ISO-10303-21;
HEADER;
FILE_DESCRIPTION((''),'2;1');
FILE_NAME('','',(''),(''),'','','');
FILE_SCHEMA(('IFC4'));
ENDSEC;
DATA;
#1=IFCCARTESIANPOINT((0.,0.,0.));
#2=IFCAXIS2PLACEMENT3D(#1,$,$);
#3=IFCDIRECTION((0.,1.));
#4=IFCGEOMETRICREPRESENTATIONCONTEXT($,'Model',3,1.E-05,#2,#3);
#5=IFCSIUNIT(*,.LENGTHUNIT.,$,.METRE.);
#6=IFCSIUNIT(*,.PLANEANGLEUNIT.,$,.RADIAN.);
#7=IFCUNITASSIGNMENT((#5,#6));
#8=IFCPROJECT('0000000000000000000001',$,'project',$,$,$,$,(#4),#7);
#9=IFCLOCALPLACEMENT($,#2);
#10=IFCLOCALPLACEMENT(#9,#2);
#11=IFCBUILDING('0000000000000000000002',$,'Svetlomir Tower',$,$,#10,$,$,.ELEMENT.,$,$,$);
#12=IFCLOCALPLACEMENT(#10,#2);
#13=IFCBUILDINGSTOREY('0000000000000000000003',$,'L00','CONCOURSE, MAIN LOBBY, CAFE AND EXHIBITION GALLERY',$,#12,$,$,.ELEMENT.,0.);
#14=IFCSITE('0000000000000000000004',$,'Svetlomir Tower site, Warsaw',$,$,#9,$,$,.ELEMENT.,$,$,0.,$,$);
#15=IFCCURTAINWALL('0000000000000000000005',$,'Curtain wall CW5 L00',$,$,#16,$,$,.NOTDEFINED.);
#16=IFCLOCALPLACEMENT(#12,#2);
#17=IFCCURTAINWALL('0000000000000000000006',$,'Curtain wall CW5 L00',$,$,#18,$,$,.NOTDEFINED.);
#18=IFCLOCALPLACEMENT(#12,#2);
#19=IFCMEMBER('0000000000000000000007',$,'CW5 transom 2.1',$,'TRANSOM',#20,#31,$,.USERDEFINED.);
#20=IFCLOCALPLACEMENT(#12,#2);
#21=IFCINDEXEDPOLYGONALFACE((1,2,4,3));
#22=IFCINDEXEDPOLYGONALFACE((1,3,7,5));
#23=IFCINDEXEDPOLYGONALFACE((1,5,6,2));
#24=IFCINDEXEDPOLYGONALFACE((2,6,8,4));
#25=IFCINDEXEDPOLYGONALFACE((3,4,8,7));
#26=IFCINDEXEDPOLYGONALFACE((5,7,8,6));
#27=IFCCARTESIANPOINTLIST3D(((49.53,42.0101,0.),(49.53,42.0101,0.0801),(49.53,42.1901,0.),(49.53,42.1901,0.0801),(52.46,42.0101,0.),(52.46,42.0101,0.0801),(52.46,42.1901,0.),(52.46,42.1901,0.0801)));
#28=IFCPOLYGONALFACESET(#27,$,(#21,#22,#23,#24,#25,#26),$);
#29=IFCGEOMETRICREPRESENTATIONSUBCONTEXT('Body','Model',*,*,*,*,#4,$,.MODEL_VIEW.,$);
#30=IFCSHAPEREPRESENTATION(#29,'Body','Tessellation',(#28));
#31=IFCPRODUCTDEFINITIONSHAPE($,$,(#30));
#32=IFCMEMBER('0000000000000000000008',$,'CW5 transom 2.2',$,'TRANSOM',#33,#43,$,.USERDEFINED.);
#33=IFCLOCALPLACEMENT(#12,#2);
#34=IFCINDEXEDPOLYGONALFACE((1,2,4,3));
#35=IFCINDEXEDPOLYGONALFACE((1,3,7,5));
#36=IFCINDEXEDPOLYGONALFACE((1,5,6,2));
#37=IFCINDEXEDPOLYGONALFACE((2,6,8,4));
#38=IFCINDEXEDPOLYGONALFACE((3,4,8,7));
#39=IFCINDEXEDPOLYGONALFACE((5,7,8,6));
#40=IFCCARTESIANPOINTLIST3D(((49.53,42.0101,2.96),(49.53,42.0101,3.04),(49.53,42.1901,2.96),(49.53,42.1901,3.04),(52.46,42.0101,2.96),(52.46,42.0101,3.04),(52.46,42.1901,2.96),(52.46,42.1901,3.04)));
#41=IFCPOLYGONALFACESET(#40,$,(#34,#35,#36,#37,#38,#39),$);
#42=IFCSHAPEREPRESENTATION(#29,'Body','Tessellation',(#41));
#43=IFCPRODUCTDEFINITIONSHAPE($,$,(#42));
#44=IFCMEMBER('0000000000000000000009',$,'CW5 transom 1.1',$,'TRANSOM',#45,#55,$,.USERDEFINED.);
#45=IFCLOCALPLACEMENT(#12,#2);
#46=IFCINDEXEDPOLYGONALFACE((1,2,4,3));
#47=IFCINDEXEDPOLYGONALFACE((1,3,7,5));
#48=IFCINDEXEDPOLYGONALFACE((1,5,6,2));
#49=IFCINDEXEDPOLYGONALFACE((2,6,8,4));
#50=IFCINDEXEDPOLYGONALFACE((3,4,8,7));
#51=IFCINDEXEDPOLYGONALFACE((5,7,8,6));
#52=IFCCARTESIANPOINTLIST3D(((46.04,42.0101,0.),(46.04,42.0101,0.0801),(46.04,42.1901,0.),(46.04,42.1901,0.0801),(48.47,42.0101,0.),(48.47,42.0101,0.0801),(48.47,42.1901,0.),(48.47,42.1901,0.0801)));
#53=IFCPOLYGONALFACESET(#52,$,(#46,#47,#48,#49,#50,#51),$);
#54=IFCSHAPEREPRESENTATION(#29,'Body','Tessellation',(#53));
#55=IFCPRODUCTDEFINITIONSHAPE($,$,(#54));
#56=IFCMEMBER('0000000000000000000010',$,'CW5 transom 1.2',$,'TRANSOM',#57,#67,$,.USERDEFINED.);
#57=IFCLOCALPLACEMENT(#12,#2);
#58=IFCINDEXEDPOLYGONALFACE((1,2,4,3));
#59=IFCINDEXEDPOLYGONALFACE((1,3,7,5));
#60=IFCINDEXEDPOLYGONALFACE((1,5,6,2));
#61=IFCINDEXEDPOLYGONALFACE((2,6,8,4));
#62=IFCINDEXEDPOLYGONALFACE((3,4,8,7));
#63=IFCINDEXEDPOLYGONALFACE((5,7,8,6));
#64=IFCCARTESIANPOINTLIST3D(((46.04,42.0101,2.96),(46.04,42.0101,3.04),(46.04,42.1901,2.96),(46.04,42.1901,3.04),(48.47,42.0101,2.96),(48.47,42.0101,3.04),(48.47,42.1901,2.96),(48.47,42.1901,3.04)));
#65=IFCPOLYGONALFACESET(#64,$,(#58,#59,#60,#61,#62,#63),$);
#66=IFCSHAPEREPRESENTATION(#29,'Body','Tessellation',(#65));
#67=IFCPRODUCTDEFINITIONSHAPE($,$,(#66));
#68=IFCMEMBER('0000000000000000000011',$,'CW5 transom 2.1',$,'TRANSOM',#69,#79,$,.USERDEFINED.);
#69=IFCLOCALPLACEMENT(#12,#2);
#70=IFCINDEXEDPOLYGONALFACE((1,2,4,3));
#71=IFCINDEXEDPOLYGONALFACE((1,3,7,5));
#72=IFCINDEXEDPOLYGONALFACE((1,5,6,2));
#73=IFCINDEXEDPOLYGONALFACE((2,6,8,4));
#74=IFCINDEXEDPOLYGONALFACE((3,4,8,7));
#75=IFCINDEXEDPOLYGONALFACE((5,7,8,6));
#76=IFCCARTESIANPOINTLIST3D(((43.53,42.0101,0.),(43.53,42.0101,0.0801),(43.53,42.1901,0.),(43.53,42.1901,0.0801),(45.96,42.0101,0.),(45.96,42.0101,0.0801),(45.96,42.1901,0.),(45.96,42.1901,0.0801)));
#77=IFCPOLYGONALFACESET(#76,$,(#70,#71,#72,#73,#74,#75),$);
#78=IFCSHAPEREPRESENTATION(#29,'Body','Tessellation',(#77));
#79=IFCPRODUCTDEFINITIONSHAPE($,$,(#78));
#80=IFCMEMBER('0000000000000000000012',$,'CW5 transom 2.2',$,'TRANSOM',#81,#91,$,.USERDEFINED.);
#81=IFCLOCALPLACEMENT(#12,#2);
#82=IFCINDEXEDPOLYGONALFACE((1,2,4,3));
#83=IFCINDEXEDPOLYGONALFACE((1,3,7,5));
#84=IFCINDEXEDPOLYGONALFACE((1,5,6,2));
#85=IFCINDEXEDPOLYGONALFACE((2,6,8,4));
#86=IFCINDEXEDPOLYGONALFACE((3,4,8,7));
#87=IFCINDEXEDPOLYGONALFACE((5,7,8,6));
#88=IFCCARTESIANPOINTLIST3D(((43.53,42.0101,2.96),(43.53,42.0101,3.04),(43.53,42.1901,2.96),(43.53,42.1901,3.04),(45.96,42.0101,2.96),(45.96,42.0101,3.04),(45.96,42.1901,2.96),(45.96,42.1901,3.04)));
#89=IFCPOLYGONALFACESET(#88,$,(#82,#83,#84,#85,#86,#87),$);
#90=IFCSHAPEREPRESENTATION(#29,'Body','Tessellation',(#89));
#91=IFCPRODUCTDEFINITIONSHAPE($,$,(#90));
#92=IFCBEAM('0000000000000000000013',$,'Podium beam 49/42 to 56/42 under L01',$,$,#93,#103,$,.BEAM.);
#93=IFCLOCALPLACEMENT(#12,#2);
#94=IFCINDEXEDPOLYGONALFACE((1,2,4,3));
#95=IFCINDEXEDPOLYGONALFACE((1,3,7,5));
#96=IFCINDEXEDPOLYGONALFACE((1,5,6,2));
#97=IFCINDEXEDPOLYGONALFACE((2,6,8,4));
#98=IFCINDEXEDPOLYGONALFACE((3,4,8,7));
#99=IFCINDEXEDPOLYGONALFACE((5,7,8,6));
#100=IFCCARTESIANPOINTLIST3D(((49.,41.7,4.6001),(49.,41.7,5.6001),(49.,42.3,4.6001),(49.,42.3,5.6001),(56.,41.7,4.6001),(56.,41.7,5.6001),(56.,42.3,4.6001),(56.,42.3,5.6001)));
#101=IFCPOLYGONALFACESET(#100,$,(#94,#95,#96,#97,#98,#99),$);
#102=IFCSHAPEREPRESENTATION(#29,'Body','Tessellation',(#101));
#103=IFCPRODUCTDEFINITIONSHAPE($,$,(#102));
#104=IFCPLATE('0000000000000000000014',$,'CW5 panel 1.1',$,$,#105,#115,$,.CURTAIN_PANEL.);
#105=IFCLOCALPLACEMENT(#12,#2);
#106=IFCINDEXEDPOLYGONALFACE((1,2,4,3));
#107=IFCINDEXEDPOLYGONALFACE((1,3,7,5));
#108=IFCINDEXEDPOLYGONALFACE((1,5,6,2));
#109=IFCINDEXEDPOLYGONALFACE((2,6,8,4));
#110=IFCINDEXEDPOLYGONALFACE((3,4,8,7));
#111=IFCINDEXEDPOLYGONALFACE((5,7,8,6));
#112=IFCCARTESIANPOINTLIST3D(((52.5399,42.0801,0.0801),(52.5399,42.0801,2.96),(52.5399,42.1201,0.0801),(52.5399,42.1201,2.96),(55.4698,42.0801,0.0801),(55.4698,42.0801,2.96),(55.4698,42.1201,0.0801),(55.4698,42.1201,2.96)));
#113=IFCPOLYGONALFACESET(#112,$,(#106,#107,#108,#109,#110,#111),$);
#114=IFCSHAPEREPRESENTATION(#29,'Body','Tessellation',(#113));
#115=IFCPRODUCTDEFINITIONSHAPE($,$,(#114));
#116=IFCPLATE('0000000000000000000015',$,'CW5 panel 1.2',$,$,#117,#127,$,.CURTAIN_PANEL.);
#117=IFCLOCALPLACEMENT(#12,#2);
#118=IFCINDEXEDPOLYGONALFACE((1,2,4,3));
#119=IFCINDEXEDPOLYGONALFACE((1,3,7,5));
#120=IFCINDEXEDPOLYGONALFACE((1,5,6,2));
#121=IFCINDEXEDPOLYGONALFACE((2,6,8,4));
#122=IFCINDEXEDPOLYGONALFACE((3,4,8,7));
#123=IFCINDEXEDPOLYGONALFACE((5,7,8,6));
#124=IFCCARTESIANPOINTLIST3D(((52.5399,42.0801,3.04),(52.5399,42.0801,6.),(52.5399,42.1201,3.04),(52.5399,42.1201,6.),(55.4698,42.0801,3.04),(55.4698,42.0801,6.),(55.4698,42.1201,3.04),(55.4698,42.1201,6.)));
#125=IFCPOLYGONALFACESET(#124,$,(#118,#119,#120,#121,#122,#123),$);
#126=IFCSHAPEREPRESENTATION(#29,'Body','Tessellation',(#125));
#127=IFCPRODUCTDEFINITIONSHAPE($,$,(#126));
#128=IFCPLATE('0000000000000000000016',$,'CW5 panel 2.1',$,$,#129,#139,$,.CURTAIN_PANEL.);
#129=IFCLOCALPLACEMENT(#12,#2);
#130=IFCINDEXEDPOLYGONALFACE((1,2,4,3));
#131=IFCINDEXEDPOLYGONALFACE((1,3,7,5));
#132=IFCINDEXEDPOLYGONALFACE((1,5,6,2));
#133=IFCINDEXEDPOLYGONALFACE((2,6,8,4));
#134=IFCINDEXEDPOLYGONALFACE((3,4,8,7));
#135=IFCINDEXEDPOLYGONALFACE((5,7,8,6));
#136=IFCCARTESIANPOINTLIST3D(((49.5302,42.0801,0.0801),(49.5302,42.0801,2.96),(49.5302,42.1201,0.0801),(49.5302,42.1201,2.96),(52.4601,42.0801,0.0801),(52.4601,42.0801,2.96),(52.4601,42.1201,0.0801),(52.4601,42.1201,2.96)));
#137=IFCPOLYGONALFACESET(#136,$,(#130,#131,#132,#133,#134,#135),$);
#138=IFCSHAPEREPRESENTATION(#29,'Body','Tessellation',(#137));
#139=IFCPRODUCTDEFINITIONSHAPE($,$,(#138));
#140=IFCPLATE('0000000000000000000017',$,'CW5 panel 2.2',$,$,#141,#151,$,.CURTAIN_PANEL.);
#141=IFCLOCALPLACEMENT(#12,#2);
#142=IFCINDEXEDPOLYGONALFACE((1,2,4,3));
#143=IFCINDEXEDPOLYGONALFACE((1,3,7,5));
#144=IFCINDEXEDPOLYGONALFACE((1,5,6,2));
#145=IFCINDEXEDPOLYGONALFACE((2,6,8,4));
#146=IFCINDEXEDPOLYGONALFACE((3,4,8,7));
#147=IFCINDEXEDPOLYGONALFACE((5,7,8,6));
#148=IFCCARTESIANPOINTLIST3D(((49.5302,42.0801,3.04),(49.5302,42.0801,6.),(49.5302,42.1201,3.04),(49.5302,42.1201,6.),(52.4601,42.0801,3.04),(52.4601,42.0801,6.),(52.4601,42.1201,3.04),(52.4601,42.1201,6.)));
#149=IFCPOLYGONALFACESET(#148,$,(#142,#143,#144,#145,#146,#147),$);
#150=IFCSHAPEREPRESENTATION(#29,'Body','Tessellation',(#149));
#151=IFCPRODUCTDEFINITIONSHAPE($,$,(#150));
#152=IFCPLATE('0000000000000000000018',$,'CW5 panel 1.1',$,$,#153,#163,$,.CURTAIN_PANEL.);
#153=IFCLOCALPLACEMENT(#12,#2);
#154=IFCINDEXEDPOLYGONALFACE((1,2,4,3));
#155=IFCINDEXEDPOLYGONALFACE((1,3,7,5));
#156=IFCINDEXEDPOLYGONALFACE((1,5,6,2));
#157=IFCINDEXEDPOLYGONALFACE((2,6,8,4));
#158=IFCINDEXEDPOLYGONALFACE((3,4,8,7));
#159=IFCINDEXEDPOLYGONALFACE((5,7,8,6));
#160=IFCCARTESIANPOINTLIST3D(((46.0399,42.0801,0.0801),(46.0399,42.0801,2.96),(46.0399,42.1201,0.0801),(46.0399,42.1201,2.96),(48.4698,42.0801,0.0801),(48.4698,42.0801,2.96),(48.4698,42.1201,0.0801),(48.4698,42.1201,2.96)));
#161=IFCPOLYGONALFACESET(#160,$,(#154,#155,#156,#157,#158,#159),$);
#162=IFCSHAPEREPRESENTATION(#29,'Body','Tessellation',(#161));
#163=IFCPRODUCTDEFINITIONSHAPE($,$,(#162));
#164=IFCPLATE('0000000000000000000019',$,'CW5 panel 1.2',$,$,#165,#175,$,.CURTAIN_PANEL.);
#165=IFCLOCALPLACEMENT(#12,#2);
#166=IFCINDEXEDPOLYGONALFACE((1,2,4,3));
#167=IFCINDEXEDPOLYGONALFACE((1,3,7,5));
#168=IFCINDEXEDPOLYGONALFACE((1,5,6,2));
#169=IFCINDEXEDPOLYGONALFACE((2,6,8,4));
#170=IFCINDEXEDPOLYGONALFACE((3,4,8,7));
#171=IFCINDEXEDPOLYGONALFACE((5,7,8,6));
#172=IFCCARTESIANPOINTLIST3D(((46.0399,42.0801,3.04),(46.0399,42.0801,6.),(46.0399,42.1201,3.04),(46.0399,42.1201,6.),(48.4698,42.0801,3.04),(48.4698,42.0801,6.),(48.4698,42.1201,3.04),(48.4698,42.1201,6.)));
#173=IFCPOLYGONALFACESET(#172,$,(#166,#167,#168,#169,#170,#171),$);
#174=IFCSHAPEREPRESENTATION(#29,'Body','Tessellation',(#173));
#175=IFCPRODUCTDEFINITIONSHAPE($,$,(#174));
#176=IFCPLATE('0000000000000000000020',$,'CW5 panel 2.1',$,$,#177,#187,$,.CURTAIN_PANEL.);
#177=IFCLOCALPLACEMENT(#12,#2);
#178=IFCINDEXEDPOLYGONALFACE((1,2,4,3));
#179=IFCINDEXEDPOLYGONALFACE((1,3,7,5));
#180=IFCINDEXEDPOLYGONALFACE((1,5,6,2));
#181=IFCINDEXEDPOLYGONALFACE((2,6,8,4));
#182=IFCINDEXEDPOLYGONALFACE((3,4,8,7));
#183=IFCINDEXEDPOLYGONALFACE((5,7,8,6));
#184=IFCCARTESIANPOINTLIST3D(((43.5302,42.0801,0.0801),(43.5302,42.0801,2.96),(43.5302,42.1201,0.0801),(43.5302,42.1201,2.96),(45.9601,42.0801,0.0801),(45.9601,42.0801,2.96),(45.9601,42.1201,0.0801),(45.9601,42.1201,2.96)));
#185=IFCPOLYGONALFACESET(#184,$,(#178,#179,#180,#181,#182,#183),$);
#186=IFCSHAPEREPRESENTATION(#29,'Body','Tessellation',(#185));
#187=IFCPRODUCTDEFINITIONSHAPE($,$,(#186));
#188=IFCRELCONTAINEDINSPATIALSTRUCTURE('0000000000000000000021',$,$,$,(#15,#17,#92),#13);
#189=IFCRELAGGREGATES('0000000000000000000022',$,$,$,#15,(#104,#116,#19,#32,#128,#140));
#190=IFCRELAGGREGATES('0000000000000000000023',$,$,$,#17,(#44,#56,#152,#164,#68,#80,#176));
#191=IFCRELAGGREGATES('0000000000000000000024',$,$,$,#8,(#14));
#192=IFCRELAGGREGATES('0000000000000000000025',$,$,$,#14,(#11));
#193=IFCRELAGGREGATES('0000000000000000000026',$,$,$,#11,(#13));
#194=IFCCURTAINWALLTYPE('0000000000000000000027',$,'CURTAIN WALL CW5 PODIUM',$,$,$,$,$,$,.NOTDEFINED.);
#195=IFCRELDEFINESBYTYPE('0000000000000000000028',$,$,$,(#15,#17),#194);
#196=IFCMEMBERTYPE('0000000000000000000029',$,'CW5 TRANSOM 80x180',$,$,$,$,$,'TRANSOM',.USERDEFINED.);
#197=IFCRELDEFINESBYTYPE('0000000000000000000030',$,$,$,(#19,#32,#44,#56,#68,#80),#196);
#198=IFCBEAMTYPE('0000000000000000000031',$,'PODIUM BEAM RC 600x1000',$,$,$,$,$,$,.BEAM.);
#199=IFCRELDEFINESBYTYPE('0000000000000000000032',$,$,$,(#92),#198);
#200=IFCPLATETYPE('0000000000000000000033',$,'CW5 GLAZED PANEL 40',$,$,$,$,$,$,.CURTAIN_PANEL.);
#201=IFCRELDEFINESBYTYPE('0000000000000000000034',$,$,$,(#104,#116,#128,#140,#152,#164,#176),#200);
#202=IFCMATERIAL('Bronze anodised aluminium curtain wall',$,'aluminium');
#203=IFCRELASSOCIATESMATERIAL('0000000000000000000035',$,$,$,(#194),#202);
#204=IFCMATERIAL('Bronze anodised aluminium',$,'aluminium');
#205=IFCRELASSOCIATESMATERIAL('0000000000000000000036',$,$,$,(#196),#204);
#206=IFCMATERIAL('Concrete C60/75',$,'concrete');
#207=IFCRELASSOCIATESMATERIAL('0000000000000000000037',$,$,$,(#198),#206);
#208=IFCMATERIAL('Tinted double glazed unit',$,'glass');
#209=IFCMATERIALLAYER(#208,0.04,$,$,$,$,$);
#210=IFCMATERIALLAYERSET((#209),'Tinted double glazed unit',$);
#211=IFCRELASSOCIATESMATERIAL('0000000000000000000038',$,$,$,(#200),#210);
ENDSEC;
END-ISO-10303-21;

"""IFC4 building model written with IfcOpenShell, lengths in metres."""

from ifc_helpers import new_model, si_unit, direction, frame, origin, origin_2d, place, context, subcontext, project, spatial, rectangle, extrude, material, layer, layer_set, material_profile, profile_set, type_object, element, aggregate, save


model = new_model("IFC4")

# Units and contexts
model_context = context("Model", 3, precision=1e-05, world=origin(), true_north=direction((0.0, 1.0)))
body_context = subcontext(model_context, "Body", "Model", "MODEL_VIEW")
ifc_project = project(units=[si_unit("LENGTHUNIT", "METRE"), si_unit("PLANEANGLEUNIT", "RADIAN")], contexts=[model_context])

# Site, building, storey
site_placement = place(None, origin())
site = spatial("IfcSite", under=ifc_project, at=site_placement, Name="Svetlomir Tower site, Warsaw", CompositionType="ELEMENT", RefElevation=0.0)
building_placement = place(site_placement, origin())
building = spatial("IfcBuilding", under=site, at=building_placement, Name="Svetlomir Tower", CompositionType="ELEMENT")
storey_placement = place(building_placement, origin())
storey = spatial("IfcBuildingStorey", under=building, at=storey_placement, Name="L00", Description="CONCOURSE, MAIN LOBBY, CAFE AND EXHIBITION GALLERY", CompositionType="ELEMENT", Elevation=0.0)

# Curtain walls
ifc_material_1 = material(Name="Bronze anodised aluminium curtain wall", Category="aluminium")
curtain_wall_type = type_object("IfcCurtainWallType", Name="CURTAIN WALL CW5 PODIUM", PredefinedType="NOTDEFINED", material=ifc_material_1)
curtain_wall_1_placement = place(storey_placement, origin())
curtain_wall_1 = element("IfcCurtainWall", 1, at=curtain_wall_1_placement, inside=storey, type_object=curtain_wall_type, Name="Curtain wall CW5 L00", PredefinedType="NOTDEFINED")
curtain_wall_2_placement = place(storey_placement, origin())
curtain_wall_2 = element("IfcCurtainWall", 2, at=curtain_wall_2_placement, inside=storey, type_object=curtain_wall_type, Name="Curtain wall CW5 L00", PredefinedType="NOTDEFINED")

# Members
ifc_material_2 = material(Name="Bronze anodised aluminium", Category="aluminium")
ifc_material_profile_1 = material_profile(ifc_material_2, rectangle(XDim=0.1799, YDim=0.0801, at=origin_2d()), Name="AL 180x80")
ifc_profile_set_1 = profile_set([ifc_material_profile_1], Name="Bronze anodised aluminium 6063-T6")
member_type_1 = type_object("IfcMemberType", Name="CW5 TRANSOM 80x180", ElementType="TRANSOM", PredefinedType="USERDEFINED", material=ifc_profile_set_1)
member_1_placement = place(storey_placement, frame((52.46, 42.1001, 0.04), z_axis=(-1.0, 0.0, 0.0), x_axis=(0.0, -1.0, 0.0)))
member_1 = element("IfcMember", 3, at=member_1_placement, type_object=member_type_1, Name="CW5 transom 2.1", ObjectType="TRANSOM", PredefinedType="USERDEFINED", context=body_context, shape_type="SweptSolid", body=[
    extrude(rectangle(XDim=0.1799, YDim=0.0801, at=origin_2d()), origin(), (0.0, 0.0, 1.0), 2.9299),
])
member_2_placement = place(storey_placement, frame((52.46, 42.1001, 3.0), z_axis=(-1.0, 0.0, 0.0), x_axis=(0.0, -1.0, 0.0)))
member_2 = element("IfcMember", 4, at=member_2_placement, type_object=member_type_1, Name="CW5 transom 2.2", ObjectType="TRANSOM", PredefinedType="USERDEFINED", context=body_context, shape_type="SweptSolid", body=[
    extrude(rectangle(XDim=0.1799, YDim=0.0801, at=origin_2d()), origin(), (0.0, 0.0, 1.0), 2.9299),
])
member_3_placement = place(storey_placement, frame((48.47, 42.1001, 0.04), z_axis=(-1.0, 0.0, 0.0), x_axis=(0.0, -1.0, 0.0)))
member_3 = element("IfcMember", 5, at=member_3_placement, type_object=member_type_1, Name="CW5 transom 1.1", ObjectType="TRANSOM", PredefinedType="USERDEFINED", context=body_context, shape_type="SweptSolid", body=[
    extrude(rectangle(XDim=0.1799, YDim=0.0801, at=origin_2d()), origin(), (0.0, 0.0, 1.0), 2.4299),
])
member_4_placement = place(storey_placement, frame((48.47, 42.1001, 3.0), z_axis=(-1.0, 0.0, 0.0), x_axis=(0.0, -1.0, 0.0)))
member_4 = element("IfcMember", 6, at=member_4_placement, type_object=member_type_1, Name="CW5 transom 1.2", ObjectType="TRANSOM", PredefinedType="USERDEFINED", context=body_context, shape_type="SweptSolid", body=[
    extrude(rectangle(XDim=0.1799, YDim=0.0801, at=origin_2d()), origin(), (0.0, 0.0, 1.0), 2.4299),
])
member_5_placement = place(storey_placement, frame((45.96, 42.1001, 0.04), z_axis=(-1.0, 0.0, 0.0), x_axis=(0.0, -1.0, 0.0)))
member_5 = element("IfcMember", 7, at=member_5_placement, type_object=member_type_1, Name="CW5 transom 2.1", ObjectType="TRANSOM", PredefinedType="USERDEFINED", context=body_context, shape_type="SweptSolid", body=[
    extrude(rectangle(XDim=0.1799, YDim=0.0801, at=origin_2d()), origin(), (0.0, 0.0, 1.0), 2.4299),
])
member_6_placement = place(storey_placement, frame((45.96, 42.1001, 3.0), z_axis=(-1.0, 0.0, 0.0), x_axis=(0.0, -1.0, 0.0)))
member_6 = element("IfcMember", 8, at=member_6_placement, type_object=member_type_1, Name="CW5 transom 2.2", ObjectType="TRANSOM", PredefinedType="USERDEFINED", context=body_context, shape_type="SweptSolid", body=[
    extrude(rectangle(XDim=0.1799, YDim=0.0801, at=origin_2d()), origin(), (0.0, 0.0, 1.0), 2.4299),
])

# Beam
ifc_material_3 = material(Name="Concrete C60/75", Category="concrete")
ifc_material_profile_2 = material_profile(ifc_material_3, rectangle(XDim=0.6001, YDim=1.0, at=origin_2d()), Name="RC 600x1000")
ifc_profile_set_2 = profile_set([ifc_material_profile_2], Name="Concrete C60/75")
beam_type = type_object("IfcBeamType", Name="PODIUM BEAM RC 600x1000", PredefinedType="BEAM", material=ifc_profile_set_2)
beam_placement = place(storey_placement, frame((49.0, 42.0, 5.1001), z_axis=(1.0, 0.0, 0.0), x_axis=(0.0, 1.0, 0.0)))
element("IfcBeam", 9, at=beam_placement, inside=storey, type_object=beam_type, Name="Podium beam 49/42 to 56/42 under L01", PredefinedType="BEAM", context=body_context, shape_type="SweptSolid", body=[
    extrude(rectangle(XDim=0.6001, YDim=1.0, at=origin_2d()), origin(), (0.0, 0.0, 1.0), 7.0),
])

# Plates
ifc_material_4 = material(Name="Tinted double glazed unit", Category="glass")
ifc_layer = layer(ifc_material_4, 0.04)
ifc_layer_set = layer_set([ifc_layer], Name="Tinted double glazed unit")
plate_type = type_object("IfcPlateType", Name="CW5 GLAZED PANEL 40", PredefinedType="CURTAIN_PANEL", material=ifc_layer_set)
plate_1_placement = place(storey_placement, frame((54.0049, 42.1001, 0.0801), z_axis=(0.0, 0.0, 1.0), x_axis=(-1.0, 0.0, 0.0)))
plate_1 = element("IfcPlate", 10, at=plate_1_placement, type_object=plate_type, Name="CW5 panel 1.1", PredefinedType="CURTAIN_PANEL", context=body_context, shape_type="SweptSolid", body=[
    extrude(rectangle(XDim=2.9299, YDim=0.04, at=origin_2d()), origin(), (0.0, 0.0, 1.0), 2.8799),
])
plate_2_placement = place(storey_placement, frame((54.0049, 42.1001, 3.04), z_axis=(0.0, 0.0, 1.0), x_axis=(-1.0, 0.0, 0.0)))
plate_2 = element("IfcPlate", 11, at=plate_2_placement, type_object=plate_type, Name="CW5 panel 1.2", PredefinedType="CURTAIN_PANEL", context=body_context, shape_type="SweptSolid", body=[
    extrude(rectangle(XDim=2.9299, YDim=0.04, at=origin_2d()), origin(), (0.0, 0.0, 1.0), 2.96),
])
plate_3_placement = place(storey_placement, frame((50.9951, 42.1001, 0.0801), z_axis=(0.0, 0.0, 1.0), x_axis=(-1.0, 0.0, 0.0)))
plate_3 = element("IfcPlate", 12, at=plate_3_placement, type_object=plate_type, Name="CW5 panel 2.1", PredefinedType="CURTAIN_PANEL", context=body_context, shape_type="SweptSolid", body=[
    extrude(rectangle(XDim=2.9299, YDim=0.04, at=origin_2d()), origin(), (0.0, 0.0, 1.0), 2.8799),
])
plate_4_placement = place(storey_placement, frame((50.9951, 42.1001, 3.04), z_axis=(0.0, 0.0, 1.0), x_axis=(-1.0, 0.0, 0.0)))
plate_4 = element("IfcPlate", 13, at=plate_4_placement, type_object=plate_type, Name="CW5 panel 2.2", PredefinedType="CURTAIN_PANEL", context=body_context, shape_type="SweptSolid", body=[
    extrude(rectangle(XDim=2.9299, YDim=0.04, at=origin_2d()), origin(), (0.0, 0.0, 1.0), 2.96),
])
aggregate(curtain_wall_1, [plate_1, plate_2, member_1, member_2, plate_3, plate_4])
plate_5_placement = place(storey_placement, frame((47.2549, 42.1001, 0.0801), z_axis=(0.0, 0.0, 1.0), x_axis=(-1.0, 0.0, 0.0)))
plate_5 = element("IfcPlate", 14, at=plate_5_placement, type_object=plate_type, Name="CW5 panel 1.1", PredefinedType="CURTAIN_PANEL", context=body_context, shape_type="SweptSolid", body=[
    extrude(rectangle(XDim=2.4299, YDim=0.04, at=origin_2d()), origin(), (0.0, 0.0, 1.0), 2.8799),
])
plate_6_placement = place(storey_placement, frame((47.2549, 42.1001, 3.04), z_axis=(0.0, 0.0, 1.0), x_axis=(-1.0, 0.0, 0.0)))
plate_6 = element("IfcPlate", 15, at=plate_6_placement, type_object=plate_type, Name="CW5 panel 1.2", PredefinedType="CURTAIN_PANEL", context=body_context, shape_type="SweptSolid", body=[
    extrude(rectangle(XDim=2.4299, YDim=0.04, at=origin_2d()), origin(), (0.0, 0.0, 1.0), 2.96),
])
plate_7_placement = place(storey_placement, frame((44.7451, 42.1001, 0.0801), z_axis=(0.0, 0.0, 1.0), x_axis=(-1.0, 0.0, 0.0)))
plate_7 = element("IfcPlate", 16, at=plate_7_placement, type_object=plate_type, Name="CW5 panel 2.1", PredefinedType="CURTAIN_PANEL", context=body_context, shape_type="SweptSolid", body=[
    extrude(rectangle(XDim=2.4299, YDim=0.04, at=origin_2d()), origin(), (0.0, 0.0, 1.0), 2.8799),
])
aggregate(curtain_wall_2, [member_3, member_4, plate_5, plate_6, member_5, member_6, plate_7])

save(model, "model.ifc")
